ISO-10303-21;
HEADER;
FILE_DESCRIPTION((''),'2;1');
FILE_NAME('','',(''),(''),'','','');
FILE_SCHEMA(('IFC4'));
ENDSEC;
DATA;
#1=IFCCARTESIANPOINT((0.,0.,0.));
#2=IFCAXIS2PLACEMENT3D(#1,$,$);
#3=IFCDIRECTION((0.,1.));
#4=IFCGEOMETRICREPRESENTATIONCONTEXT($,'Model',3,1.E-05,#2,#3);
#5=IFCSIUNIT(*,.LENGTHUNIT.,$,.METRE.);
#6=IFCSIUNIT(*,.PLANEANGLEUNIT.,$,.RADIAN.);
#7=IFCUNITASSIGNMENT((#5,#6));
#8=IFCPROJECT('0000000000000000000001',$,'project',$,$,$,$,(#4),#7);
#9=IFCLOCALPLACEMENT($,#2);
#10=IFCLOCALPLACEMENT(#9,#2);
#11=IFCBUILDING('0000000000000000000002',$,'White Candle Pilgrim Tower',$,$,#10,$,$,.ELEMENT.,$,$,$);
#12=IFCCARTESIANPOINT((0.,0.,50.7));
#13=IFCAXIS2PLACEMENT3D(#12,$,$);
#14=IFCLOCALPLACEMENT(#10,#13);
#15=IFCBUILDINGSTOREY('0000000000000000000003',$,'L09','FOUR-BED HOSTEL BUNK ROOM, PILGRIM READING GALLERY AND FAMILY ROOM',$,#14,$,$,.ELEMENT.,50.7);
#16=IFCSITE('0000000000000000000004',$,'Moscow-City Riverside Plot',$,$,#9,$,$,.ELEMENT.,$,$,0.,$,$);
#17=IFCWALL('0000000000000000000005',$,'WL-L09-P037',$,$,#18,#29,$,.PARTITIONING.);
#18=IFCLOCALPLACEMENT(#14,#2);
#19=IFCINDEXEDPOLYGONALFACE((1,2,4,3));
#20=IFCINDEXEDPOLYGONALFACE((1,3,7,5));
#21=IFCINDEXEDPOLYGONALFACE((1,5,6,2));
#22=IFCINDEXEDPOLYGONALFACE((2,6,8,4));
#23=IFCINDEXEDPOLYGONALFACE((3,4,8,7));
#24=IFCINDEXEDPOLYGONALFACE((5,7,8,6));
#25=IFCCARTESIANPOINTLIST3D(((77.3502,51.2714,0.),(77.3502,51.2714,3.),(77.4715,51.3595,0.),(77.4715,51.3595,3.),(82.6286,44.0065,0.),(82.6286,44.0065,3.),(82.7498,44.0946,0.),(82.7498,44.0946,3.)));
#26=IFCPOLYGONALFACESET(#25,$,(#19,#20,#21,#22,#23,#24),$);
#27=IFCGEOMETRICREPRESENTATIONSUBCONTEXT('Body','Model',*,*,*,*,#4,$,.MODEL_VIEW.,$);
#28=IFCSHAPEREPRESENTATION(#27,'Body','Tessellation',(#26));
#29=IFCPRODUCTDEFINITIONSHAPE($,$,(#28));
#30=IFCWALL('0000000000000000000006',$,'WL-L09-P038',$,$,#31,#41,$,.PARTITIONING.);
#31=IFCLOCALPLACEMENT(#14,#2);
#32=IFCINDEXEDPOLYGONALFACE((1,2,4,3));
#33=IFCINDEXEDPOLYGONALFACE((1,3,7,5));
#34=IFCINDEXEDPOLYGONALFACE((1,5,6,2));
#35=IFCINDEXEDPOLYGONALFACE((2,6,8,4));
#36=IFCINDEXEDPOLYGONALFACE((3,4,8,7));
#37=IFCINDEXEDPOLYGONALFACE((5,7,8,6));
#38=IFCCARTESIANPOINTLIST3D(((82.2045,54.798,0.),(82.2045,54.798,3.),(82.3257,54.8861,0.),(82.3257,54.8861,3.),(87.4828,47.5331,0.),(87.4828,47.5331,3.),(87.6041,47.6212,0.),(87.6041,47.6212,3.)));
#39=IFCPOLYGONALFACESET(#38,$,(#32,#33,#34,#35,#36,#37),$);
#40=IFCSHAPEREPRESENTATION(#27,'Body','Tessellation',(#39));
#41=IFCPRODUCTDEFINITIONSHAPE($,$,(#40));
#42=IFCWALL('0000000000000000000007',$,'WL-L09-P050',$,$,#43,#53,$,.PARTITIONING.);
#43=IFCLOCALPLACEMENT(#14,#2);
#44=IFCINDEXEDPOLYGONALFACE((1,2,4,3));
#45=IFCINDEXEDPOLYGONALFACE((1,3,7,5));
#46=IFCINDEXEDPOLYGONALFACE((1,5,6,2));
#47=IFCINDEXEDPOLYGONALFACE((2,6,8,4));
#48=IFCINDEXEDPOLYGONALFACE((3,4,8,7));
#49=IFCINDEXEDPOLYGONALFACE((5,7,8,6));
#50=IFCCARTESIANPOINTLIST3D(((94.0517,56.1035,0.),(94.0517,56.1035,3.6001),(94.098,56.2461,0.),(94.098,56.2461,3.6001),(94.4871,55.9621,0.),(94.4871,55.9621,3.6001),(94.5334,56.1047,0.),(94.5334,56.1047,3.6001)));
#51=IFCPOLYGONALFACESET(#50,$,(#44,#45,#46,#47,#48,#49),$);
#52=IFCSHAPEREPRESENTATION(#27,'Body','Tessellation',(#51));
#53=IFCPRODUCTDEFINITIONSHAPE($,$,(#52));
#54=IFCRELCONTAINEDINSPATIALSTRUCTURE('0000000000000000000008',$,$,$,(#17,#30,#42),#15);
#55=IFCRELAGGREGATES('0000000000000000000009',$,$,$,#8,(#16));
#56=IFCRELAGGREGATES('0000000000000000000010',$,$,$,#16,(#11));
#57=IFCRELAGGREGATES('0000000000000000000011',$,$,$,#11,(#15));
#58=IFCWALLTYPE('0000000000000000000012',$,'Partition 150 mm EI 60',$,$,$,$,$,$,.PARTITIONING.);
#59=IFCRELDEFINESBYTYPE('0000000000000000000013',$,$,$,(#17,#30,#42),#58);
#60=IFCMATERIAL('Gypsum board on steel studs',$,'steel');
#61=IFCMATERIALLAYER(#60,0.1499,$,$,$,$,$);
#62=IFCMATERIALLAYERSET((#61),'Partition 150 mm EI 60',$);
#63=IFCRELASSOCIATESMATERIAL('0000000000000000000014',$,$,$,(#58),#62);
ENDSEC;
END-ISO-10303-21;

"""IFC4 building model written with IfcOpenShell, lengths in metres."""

from ifc_helpers import new_model, si_unit, direction, frame, frame_2d, origin, place, context, subcontext, project, spatial, rectangle, extrude, material, layer, layer_set, type_object, element, save


model = new_model("IFC4")

# Units and contexts
model_context = context("Model", 3, precision=1e-05, world=origin(), true_north=direction((0.0, 1.0)))
body_context = subcontext(model_context, "Body", "Model", "MODEL_VIEW")
ifc_project = project(units=[si_unit("LENGTHUNIT", "METRE"), si_unit("PLANEANGLEUNIT", "RADIAN")], contexts=[model_context])

# Site, building, storey
site_placement = place(None, origin())
site = spatial("IfcSite", under=ifc_project, at=site_placement, Name="Moscow-City Riverside Plot", CompositionType="ELEMENT", RefElevation=0.0)
building_placement = place(site_placement, origin())
building = spatial("IfcBuilding", under=site, at=building_placement, Name="White Candle Pilgrim Tower", CompositionType="ELEMENT")
storey_placement = place(building_placement, frame((0.0, 0.0, 50.7)))
storey = spatial("IfcBuildingStorey", under=building, at=storey_placement, Name="L09", Description="FOUR-BED HOSTEL BUNK ROOM, PILGRIM READING GALLERY AND FAMILY ROOM", CompositionType="ELEMENT", Elevation=50.7)

# Shared definitions
ifc_material_1 = material(Name="Gypsum board on steel studs", Category="steel")

# Walls
ifc_layer_1 = layer(ifc_material_1, 0.1499)
ifc_layer_set_1 = layer_set([ifc_layer_1], Name="Partition 150 mm EI 60")
wall_type_1 = type_object("IfcWallType", Name="Partition 150 mm EI 60", PredefinedType="PARTITIONING", material=ifc_layer_set_1)
for number, where, z_axis, x_axis, name in (
    (1, (82.6892, 44.0505, 0.0), (0.0, 0.0, 1.0), (-0.58779, 0.809013, 0.0), "WL-L09-P037"),
    (2, (87.5435, 47.5771, 0.0), (0.0, 0.0, 1.0), (-0.58779, 0.809013, 0.0), "WL-L09-P038"),
):
    element("IfcWall", number, at=place(storey_placement, frame(where, z_axis=z_axis, x_axis=x_axis)), inside=storey, type_object=wall_type_1, Name=name, PredefinedType="PARTITIONING", context=body_context, shape_type="SweptSolid", body=[
        extrude(rectangle(XDim=8.98, YDim=0.1499, at=frame_2d((4.49, 0.0))), origin(), (0.0, 0.0, 1.0), 3.0),
    ])
wall_1_placement = place(storey_placement, frame((94.0747, 56.1748, 0.0), z_axis=(0.0, 0.0, 1.0), x_axis=(0.951109, -0.308857, 0.0)))
element("IfcWall", 3, at=wall_1_placement, inside=storey, type_object=wall_type_1, Name="WL-L09-P050", PredefinedType="PARTITIONING", context=body_context, shape_type="SweptSolid", body=[
    extrude(rectangle(XDim=0.4578, YDim=0.1499, at=frame_2d((0.229, 0.0))), origin(), (0.0, 0.0, 1.0), 3.6001),
])

save(model, "model.ifc")
